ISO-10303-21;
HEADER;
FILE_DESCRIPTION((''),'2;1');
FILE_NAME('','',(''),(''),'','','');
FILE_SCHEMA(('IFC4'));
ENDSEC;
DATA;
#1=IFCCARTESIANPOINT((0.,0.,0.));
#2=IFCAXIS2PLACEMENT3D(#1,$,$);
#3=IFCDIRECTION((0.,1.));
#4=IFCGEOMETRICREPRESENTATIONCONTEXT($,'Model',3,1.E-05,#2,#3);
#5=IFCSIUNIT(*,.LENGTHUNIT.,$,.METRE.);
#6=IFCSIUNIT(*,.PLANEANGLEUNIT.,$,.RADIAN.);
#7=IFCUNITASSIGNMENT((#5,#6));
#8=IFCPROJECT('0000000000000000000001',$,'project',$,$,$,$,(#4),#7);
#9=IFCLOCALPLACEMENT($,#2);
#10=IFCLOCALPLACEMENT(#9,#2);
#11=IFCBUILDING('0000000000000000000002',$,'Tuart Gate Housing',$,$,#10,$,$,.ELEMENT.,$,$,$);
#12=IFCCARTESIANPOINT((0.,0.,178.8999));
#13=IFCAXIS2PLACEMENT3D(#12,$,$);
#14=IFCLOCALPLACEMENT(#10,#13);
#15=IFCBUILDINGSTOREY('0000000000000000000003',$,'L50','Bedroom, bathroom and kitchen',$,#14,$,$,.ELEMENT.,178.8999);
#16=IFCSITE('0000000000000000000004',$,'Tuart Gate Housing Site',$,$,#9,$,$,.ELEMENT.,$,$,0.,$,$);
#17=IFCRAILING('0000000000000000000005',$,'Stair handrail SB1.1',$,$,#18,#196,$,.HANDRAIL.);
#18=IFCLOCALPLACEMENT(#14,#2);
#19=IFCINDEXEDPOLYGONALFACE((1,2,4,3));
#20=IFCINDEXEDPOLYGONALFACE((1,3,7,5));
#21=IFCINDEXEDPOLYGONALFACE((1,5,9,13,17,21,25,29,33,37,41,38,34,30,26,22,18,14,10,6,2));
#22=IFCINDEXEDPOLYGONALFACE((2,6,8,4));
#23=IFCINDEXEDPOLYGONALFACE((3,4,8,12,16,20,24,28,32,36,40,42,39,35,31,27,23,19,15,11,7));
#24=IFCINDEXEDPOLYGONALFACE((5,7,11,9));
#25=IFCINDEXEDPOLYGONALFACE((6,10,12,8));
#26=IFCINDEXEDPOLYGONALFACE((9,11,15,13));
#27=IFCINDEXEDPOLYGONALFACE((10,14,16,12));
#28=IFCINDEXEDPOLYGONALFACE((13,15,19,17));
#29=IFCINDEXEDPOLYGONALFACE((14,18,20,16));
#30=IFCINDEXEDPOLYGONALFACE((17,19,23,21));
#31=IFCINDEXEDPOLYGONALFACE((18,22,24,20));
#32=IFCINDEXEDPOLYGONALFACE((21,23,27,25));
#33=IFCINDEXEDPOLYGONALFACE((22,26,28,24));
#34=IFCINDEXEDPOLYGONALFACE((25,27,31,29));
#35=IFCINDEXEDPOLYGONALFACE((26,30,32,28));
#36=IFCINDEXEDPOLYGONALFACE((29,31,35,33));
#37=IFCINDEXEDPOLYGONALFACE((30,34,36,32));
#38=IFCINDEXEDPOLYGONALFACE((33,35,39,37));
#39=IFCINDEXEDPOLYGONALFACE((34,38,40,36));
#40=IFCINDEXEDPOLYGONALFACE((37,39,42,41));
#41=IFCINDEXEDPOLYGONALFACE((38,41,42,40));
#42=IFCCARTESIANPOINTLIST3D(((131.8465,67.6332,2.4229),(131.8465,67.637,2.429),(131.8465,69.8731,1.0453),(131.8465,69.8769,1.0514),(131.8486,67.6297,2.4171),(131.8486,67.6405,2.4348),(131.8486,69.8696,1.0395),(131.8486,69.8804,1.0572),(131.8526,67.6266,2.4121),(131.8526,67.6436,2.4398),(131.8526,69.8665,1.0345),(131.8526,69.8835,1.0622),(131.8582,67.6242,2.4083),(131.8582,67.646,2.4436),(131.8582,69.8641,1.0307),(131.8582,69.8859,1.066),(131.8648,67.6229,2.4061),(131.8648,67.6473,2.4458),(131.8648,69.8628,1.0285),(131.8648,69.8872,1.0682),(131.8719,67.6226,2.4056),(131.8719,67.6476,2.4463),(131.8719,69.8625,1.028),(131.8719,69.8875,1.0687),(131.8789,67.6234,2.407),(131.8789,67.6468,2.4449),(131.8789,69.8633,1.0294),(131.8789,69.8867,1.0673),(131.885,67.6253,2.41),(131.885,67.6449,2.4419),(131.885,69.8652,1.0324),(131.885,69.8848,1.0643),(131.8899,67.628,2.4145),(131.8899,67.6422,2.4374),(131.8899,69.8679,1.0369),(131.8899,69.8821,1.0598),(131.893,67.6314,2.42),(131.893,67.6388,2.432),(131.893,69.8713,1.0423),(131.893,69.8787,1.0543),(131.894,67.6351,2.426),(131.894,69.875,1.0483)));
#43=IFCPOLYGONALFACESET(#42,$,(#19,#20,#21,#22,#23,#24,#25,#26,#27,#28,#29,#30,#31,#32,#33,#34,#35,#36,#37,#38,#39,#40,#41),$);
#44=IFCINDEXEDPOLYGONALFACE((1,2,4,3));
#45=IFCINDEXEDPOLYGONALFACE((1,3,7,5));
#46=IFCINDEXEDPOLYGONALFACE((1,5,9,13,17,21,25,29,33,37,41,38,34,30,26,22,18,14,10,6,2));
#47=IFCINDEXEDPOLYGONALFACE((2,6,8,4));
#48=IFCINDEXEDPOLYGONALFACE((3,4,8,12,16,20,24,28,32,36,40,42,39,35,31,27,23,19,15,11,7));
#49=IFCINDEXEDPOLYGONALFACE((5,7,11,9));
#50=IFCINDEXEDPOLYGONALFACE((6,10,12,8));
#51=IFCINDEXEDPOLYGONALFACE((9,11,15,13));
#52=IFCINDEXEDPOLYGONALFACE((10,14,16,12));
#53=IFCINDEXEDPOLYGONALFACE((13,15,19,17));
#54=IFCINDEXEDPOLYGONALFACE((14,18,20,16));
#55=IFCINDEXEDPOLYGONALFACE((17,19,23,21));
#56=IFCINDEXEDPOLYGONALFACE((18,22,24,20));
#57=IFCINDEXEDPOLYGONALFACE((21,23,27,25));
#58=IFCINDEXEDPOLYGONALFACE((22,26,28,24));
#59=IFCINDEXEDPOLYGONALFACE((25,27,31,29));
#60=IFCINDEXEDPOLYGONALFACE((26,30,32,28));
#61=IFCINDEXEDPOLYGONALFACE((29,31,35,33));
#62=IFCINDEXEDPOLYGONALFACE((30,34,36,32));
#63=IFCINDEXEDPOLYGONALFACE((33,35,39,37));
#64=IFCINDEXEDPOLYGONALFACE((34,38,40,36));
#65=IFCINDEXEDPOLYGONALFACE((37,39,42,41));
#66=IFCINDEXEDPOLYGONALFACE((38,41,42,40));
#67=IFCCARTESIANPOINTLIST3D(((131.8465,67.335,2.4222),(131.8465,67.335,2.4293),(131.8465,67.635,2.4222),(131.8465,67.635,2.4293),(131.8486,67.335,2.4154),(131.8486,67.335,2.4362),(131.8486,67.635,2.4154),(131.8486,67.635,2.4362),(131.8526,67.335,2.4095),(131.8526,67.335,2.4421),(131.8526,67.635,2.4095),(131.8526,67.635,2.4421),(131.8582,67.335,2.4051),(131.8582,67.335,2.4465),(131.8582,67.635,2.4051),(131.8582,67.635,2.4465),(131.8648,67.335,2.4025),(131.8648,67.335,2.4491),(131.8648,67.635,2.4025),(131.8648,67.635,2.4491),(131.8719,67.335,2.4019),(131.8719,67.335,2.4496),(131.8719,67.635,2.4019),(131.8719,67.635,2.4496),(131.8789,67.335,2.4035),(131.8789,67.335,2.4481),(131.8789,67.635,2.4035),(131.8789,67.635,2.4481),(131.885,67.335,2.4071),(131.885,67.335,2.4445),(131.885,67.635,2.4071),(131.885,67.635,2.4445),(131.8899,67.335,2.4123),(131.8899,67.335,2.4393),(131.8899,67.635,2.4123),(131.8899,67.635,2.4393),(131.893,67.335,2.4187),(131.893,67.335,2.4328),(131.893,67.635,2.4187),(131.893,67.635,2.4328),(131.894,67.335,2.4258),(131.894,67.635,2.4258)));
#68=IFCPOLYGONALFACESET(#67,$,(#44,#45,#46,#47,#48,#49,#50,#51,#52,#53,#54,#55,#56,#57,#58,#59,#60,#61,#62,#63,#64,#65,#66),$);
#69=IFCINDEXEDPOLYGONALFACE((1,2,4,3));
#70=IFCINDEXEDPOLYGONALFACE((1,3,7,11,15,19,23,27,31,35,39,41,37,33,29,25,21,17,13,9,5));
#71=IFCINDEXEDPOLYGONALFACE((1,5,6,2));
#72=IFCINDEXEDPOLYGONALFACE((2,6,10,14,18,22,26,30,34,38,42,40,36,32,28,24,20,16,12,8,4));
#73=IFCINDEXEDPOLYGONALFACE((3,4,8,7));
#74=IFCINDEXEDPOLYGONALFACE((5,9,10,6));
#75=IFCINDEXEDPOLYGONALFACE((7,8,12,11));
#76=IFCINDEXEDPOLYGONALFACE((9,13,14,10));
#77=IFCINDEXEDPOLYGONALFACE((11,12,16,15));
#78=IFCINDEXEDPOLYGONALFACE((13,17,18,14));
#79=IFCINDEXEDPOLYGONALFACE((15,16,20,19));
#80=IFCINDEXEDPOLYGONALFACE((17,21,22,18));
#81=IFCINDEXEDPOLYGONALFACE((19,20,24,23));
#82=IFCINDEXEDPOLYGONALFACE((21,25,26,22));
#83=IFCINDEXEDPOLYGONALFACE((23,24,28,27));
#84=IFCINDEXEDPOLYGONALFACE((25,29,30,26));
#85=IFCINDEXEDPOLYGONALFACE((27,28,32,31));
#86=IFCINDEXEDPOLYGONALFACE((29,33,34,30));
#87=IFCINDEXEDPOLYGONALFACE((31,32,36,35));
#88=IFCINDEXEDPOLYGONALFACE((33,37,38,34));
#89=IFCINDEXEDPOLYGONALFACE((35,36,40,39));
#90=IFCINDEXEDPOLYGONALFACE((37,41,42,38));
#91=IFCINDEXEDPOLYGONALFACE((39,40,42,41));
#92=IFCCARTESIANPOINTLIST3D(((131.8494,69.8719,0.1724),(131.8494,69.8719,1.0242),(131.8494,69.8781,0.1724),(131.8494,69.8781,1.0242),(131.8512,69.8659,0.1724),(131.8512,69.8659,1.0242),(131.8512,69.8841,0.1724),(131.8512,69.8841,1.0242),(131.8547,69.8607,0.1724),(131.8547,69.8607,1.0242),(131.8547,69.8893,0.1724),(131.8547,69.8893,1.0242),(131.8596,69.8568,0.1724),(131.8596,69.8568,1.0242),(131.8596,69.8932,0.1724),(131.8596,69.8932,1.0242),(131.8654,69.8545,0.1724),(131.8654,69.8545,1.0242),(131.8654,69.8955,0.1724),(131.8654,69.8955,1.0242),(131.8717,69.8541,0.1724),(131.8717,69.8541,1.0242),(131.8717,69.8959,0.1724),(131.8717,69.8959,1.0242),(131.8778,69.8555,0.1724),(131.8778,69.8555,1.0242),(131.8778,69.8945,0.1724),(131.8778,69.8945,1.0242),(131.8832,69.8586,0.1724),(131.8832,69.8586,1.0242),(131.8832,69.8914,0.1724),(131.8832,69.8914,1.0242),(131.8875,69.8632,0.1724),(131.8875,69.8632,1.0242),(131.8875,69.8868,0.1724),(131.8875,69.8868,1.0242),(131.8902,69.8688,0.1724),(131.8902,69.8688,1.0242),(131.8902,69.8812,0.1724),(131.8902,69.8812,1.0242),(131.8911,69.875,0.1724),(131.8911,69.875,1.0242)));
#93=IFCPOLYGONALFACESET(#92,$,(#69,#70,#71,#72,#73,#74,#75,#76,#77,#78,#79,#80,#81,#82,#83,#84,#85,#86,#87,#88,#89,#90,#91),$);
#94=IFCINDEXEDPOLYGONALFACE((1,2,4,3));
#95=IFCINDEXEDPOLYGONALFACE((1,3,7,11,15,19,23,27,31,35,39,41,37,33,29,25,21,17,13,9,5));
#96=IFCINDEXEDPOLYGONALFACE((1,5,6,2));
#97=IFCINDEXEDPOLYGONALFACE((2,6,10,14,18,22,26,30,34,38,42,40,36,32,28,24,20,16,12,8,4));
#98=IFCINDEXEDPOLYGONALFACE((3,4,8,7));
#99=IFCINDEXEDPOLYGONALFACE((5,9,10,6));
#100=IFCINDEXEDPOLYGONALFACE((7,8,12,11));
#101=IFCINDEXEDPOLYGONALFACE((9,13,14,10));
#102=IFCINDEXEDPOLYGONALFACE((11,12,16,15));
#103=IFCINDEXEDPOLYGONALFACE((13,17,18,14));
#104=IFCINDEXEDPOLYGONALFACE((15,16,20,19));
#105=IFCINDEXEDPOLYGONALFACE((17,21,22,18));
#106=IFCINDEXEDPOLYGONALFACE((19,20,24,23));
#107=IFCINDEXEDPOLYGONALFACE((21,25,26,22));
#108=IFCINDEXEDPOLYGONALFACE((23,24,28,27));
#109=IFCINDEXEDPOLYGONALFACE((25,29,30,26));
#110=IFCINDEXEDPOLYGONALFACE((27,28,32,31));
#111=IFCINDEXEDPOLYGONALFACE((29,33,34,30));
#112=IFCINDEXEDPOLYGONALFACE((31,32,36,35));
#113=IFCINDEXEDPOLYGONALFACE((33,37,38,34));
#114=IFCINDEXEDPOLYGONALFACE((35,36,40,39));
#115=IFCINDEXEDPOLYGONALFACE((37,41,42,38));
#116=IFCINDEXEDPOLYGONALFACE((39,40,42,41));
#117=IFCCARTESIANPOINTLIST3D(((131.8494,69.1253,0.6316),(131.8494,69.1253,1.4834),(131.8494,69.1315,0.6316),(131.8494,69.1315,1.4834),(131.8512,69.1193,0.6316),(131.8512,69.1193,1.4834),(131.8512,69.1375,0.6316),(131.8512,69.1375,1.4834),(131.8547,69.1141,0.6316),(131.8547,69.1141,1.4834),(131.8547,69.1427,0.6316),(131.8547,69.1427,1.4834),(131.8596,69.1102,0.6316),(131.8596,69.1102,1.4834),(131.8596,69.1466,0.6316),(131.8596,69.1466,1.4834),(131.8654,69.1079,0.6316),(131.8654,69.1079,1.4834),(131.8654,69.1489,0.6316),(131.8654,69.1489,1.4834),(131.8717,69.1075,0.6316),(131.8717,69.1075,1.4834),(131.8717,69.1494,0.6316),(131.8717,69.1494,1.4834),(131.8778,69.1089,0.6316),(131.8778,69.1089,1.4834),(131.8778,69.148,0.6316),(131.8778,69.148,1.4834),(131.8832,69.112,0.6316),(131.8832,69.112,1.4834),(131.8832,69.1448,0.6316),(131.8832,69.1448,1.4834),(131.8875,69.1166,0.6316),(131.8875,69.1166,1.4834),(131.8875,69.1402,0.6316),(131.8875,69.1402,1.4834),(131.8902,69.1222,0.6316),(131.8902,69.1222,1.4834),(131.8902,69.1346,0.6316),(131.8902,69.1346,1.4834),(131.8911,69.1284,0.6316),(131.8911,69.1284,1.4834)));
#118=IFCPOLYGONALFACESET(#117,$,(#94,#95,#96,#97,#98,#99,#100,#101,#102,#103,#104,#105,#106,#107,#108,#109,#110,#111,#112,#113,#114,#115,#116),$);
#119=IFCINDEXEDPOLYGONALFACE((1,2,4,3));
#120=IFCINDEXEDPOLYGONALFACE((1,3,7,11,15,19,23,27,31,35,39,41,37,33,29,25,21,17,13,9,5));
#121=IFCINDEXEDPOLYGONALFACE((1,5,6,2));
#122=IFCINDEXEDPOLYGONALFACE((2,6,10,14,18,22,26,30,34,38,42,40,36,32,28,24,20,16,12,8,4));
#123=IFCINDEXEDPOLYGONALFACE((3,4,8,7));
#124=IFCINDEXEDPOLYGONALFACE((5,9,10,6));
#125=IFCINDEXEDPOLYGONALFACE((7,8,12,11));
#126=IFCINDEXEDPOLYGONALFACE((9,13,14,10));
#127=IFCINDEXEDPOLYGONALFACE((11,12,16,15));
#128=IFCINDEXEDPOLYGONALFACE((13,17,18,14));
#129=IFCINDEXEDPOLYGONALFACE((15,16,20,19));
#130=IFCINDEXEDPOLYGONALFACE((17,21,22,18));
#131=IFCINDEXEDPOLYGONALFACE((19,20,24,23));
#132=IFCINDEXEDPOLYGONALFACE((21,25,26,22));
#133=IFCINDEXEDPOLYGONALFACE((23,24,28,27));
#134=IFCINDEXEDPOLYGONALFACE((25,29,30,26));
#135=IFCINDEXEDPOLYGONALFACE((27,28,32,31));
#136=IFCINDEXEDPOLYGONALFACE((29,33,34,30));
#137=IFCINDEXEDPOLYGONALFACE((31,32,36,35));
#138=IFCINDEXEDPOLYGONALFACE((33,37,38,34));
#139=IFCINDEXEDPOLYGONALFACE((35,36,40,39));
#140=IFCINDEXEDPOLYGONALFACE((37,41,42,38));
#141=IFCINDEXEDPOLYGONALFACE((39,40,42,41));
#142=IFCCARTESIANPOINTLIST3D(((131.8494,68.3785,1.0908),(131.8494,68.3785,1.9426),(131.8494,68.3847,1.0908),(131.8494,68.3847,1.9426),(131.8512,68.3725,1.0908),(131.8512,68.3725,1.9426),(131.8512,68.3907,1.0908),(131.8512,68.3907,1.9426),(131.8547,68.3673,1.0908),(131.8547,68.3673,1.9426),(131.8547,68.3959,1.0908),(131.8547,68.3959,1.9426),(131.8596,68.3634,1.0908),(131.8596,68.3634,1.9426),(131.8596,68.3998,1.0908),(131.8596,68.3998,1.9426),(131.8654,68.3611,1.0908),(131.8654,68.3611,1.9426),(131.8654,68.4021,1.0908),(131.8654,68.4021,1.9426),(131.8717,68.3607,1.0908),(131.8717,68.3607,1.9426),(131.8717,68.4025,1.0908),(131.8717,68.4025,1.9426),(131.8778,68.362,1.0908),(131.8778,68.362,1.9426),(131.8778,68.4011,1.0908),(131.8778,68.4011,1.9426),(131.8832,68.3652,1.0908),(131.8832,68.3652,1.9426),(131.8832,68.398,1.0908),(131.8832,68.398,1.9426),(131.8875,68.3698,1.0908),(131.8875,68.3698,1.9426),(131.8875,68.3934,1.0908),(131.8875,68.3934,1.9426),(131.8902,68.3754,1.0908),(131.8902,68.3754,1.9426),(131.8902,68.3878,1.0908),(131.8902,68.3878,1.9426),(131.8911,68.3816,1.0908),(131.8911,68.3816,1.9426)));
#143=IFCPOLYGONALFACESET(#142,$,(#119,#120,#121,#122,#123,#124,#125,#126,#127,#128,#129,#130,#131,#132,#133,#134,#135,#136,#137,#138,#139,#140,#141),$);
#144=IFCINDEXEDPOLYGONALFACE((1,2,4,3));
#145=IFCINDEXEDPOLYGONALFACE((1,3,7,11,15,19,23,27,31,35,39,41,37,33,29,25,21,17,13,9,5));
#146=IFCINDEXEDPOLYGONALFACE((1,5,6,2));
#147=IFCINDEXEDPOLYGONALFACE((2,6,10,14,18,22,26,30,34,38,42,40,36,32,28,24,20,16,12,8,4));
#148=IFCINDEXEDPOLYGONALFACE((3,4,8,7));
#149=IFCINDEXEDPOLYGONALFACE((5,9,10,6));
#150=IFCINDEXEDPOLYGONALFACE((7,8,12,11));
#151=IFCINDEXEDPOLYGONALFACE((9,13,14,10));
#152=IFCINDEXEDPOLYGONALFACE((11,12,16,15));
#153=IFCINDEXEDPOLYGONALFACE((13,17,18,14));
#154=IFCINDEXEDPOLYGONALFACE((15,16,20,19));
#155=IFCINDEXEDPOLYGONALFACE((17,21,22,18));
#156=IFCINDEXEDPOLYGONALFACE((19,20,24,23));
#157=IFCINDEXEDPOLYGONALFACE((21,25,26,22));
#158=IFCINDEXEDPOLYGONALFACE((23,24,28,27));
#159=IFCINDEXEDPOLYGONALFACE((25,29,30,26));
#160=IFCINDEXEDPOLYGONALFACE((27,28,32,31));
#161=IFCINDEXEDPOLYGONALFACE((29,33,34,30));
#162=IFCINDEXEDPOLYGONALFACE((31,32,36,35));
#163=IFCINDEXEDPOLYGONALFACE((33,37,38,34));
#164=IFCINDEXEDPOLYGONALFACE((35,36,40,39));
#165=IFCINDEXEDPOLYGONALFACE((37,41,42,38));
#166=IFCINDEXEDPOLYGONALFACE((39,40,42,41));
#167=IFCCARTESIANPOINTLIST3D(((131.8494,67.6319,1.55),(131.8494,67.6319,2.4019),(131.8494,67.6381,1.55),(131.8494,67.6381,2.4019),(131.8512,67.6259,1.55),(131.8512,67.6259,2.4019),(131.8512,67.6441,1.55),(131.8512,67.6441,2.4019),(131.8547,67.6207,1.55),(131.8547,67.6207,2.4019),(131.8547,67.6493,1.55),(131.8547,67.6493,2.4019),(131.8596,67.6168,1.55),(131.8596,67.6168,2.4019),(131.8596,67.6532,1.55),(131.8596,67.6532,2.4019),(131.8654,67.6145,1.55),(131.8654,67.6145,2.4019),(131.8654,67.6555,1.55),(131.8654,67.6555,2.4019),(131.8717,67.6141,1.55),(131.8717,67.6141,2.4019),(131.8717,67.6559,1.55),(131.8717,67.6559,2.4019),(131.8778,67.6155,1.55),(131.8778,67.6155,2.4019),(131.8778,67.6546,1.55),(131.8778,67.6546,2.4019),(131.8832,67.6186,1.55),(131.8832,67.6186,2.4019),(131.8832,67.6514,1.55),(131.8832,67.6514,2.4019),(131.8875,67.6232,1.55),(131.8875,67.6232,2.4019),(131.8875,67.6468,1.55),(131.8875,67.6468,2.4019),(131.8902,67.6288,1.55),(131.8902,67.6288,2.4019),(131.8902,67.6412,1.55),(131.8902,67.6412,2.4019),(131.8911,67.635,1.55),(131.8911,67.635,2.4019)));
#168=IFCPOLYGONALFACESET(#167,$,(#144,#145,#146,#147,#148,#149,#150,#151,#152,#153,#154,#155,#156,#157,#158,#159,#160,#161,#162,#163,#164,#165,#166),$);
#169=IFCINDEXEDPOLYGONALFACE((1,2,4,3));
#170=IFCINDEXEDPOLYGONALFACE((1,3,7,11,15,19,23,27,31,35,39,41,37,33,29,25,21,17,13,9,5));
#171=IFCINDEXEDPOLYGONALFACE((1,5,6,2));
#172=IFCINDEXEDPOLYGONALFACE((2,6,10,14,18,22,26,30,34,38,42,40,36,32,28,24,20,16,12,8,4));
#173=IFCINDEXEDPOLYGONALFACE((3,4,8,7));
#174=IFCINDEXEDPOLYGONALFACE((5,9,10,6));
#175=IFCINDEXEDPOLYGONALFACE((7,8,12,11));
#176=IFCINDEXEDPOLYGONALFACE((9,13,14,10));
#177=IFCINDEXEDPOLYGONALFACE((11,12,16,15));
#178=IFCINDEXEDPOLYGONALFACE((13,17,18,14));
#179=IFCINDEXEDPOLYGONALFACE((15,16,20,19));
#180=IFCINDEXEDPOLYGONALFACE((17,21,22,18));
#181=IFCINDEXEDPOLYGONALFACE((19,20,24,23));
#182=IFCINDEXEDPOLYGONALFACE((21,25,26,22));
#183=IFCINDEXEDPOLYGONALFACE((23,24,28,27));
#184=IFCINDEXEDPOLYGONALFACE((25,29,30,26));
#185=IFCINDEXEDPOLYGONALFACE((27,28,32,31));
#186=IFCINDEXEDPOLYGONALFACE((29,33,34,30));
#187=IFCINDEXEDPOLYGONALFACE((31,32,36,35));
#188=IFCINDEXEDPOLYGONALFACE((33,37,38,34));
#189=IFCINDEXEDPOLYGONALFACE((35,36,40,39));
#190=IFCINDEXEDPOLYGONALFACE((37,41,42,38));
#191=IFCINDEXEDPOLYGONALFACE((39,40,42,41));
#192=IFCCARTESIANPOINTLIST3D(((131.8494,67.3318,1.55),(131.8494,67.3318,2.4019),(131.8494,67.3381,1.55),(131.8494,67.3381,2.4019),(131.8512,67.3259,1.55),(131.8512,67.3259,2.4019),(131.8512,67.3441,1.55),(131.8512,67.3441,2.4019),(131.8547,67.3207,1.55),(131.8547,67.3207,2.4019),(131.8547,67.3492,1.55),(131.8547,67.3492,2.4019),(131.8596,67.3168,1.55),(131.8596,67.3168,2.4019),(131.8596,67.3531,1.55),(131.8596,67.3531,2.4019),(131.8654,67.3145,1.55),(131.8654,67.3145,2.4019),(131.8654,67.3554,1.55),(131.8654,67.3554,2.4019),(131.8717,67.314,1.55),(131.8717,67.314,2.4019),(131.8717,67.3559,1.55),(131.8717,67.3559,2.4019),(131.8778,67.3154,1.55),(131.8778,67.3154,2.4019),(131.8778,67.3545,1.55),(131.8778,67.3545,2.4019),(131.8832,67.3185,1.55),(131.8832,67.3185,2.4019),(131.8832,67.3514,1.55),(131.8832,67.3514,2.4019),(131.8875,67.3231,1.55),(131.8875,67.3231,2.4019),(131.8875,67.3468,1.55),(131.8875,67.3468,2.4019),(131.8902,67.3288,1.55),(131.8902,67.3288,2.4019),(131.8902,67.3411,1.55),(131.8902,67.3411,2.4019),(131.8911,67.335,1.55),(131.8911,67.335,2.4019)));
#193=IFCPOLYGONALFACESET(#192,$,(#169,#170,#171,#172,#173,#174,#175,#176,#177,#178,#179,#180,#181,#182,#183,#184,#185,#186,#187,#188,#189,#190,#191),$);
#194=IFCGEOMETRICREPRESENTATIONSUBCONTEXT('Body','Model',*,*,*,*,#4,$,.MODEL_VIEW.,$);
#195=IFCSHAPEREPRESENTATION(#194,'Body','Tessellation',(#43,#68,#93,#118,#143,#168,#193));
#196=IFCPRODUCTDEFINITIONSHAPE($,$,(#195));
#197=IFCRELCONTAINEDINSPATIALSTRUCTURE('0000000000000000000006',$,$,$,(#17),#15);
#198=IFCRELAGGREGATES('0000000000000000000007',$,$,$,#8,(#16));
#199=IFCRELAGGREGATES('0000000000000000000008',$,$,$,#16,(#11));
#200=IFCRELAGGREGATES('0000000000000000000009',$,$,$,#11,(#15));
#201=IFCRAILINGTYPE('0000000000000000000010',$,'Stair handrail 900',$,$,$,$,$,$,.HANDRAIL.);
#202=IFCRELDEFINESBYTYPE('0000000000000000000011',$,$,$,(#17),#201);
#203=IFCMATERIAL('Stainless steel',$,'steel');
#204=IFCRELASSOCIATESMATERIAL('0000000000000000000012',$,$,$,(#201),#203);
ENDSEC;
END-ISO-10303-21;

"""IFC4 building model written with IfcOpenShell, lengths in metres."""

from ifc_helpers import new_model, si_unit, direction, frame, origin, origin_2d, place, context, subcontext, project, spatial, circle, extrude, material, type_object, element, save


model = new_model("IFC4")

# Units and contexts
model_context = context("Model", 3, precision=1e-05, world=origin(), true_north=direction((0.0, 1.0)))
body_context = subcontext(model_context, "Body", "Model", "MODEL_VIEW")
ifc_project = project(units=[si_unit("LENGTHUNIT", "METRE"), si_unit("PLANEANGLEUNIT", "RADIAN")], contexts=[model_context])

# Site, building, storey
site_placement = place(None, origin())
site = spatial("IfcSite", under=ifc_project, at=site_placement, Name="Tuart Gate Housing Site", CompositionType="ELEMENT", RefElevation=0.0)
building_placement = place(site_placement, origin())
building = spatial("IfcBuilding", under=site, at=building_placement, Name="Tuart Gate Housing", CompositionType="ELEMENT")
storey_placement = place(building_placement, frame((0.0, 0.0, 178.8999)))
storey = spatial("IfcBuildingStorey", under=building, at=storey_placement, Name="L50", Description="Bedroom, bathroom and kitchen", CompositionType="ELEMENT", Elevation=178.8999)

# Railing
ifc_material_1 = material(Name="Stainless steel", Category="steel")
railing_type = type_object("IfcRailingType", Name="Stair handrail 900", PredefinedType="HANDRAIL", material=ifc_material_1)
railing_placement = place(storey_placement, frame((131.8701, 69.875, 0.1724)))
element("IfcRailing", 1, at=railing_placement, inside=storey, type_object=railing_type, Name="Stair handrail SB1.1", PredefinedType="HANDRAIL", context=body_context, shape_type="SweptSolid", body=[
    extrude(circle(Radius=0.0239, at=origin_2d()), frame((0.0, 0.0, 0.876), z_axis=(0.0, -0.851789, 0.523885), x_axis=(1.0, 0.0, 0.0)), (0.0, 0.0, 1.0), 2.6296),
    extrude(circle(Radius=0.0239, at=origin_2d()), frame((0.0, -2.24, 2.2534), z_axis=(0.0, -1.0, 0.0), x_axis=(1.0, 0.0, 0.0)), (0.0, 0.0, 1.0), 0.3),
    extrude(circle(Radius=0.021, at=origin_2d()), origin(), (0.0, 0.0, 1.0), 0.8518),
    extrude(circle(Radius=0.021, at=origin_2d()), frame((0.0, -0.7466, 0.4592)), (0.0, 0.0, 1.0), 0.8518),
    extrude(circle(Radius=0.021, at=origin_2d()), frame((0.0, -1.4934, 0.9185)), (0.0, 0.0, 1.0), 0.8518),
    extrude(circle(Radius=0.021, at=origin_2d()), frame((0.0, -2.24, 1.3777)), (0.0, 0.0, 1.0), 0.8518),
    extrude(circle(Radius=0.021, at=origin_2d()), frame((0.0, -2.54, 1.3777)), (0.0, 0.0, 1.0), 0.8518),
])

save(model, "model.ifc")
